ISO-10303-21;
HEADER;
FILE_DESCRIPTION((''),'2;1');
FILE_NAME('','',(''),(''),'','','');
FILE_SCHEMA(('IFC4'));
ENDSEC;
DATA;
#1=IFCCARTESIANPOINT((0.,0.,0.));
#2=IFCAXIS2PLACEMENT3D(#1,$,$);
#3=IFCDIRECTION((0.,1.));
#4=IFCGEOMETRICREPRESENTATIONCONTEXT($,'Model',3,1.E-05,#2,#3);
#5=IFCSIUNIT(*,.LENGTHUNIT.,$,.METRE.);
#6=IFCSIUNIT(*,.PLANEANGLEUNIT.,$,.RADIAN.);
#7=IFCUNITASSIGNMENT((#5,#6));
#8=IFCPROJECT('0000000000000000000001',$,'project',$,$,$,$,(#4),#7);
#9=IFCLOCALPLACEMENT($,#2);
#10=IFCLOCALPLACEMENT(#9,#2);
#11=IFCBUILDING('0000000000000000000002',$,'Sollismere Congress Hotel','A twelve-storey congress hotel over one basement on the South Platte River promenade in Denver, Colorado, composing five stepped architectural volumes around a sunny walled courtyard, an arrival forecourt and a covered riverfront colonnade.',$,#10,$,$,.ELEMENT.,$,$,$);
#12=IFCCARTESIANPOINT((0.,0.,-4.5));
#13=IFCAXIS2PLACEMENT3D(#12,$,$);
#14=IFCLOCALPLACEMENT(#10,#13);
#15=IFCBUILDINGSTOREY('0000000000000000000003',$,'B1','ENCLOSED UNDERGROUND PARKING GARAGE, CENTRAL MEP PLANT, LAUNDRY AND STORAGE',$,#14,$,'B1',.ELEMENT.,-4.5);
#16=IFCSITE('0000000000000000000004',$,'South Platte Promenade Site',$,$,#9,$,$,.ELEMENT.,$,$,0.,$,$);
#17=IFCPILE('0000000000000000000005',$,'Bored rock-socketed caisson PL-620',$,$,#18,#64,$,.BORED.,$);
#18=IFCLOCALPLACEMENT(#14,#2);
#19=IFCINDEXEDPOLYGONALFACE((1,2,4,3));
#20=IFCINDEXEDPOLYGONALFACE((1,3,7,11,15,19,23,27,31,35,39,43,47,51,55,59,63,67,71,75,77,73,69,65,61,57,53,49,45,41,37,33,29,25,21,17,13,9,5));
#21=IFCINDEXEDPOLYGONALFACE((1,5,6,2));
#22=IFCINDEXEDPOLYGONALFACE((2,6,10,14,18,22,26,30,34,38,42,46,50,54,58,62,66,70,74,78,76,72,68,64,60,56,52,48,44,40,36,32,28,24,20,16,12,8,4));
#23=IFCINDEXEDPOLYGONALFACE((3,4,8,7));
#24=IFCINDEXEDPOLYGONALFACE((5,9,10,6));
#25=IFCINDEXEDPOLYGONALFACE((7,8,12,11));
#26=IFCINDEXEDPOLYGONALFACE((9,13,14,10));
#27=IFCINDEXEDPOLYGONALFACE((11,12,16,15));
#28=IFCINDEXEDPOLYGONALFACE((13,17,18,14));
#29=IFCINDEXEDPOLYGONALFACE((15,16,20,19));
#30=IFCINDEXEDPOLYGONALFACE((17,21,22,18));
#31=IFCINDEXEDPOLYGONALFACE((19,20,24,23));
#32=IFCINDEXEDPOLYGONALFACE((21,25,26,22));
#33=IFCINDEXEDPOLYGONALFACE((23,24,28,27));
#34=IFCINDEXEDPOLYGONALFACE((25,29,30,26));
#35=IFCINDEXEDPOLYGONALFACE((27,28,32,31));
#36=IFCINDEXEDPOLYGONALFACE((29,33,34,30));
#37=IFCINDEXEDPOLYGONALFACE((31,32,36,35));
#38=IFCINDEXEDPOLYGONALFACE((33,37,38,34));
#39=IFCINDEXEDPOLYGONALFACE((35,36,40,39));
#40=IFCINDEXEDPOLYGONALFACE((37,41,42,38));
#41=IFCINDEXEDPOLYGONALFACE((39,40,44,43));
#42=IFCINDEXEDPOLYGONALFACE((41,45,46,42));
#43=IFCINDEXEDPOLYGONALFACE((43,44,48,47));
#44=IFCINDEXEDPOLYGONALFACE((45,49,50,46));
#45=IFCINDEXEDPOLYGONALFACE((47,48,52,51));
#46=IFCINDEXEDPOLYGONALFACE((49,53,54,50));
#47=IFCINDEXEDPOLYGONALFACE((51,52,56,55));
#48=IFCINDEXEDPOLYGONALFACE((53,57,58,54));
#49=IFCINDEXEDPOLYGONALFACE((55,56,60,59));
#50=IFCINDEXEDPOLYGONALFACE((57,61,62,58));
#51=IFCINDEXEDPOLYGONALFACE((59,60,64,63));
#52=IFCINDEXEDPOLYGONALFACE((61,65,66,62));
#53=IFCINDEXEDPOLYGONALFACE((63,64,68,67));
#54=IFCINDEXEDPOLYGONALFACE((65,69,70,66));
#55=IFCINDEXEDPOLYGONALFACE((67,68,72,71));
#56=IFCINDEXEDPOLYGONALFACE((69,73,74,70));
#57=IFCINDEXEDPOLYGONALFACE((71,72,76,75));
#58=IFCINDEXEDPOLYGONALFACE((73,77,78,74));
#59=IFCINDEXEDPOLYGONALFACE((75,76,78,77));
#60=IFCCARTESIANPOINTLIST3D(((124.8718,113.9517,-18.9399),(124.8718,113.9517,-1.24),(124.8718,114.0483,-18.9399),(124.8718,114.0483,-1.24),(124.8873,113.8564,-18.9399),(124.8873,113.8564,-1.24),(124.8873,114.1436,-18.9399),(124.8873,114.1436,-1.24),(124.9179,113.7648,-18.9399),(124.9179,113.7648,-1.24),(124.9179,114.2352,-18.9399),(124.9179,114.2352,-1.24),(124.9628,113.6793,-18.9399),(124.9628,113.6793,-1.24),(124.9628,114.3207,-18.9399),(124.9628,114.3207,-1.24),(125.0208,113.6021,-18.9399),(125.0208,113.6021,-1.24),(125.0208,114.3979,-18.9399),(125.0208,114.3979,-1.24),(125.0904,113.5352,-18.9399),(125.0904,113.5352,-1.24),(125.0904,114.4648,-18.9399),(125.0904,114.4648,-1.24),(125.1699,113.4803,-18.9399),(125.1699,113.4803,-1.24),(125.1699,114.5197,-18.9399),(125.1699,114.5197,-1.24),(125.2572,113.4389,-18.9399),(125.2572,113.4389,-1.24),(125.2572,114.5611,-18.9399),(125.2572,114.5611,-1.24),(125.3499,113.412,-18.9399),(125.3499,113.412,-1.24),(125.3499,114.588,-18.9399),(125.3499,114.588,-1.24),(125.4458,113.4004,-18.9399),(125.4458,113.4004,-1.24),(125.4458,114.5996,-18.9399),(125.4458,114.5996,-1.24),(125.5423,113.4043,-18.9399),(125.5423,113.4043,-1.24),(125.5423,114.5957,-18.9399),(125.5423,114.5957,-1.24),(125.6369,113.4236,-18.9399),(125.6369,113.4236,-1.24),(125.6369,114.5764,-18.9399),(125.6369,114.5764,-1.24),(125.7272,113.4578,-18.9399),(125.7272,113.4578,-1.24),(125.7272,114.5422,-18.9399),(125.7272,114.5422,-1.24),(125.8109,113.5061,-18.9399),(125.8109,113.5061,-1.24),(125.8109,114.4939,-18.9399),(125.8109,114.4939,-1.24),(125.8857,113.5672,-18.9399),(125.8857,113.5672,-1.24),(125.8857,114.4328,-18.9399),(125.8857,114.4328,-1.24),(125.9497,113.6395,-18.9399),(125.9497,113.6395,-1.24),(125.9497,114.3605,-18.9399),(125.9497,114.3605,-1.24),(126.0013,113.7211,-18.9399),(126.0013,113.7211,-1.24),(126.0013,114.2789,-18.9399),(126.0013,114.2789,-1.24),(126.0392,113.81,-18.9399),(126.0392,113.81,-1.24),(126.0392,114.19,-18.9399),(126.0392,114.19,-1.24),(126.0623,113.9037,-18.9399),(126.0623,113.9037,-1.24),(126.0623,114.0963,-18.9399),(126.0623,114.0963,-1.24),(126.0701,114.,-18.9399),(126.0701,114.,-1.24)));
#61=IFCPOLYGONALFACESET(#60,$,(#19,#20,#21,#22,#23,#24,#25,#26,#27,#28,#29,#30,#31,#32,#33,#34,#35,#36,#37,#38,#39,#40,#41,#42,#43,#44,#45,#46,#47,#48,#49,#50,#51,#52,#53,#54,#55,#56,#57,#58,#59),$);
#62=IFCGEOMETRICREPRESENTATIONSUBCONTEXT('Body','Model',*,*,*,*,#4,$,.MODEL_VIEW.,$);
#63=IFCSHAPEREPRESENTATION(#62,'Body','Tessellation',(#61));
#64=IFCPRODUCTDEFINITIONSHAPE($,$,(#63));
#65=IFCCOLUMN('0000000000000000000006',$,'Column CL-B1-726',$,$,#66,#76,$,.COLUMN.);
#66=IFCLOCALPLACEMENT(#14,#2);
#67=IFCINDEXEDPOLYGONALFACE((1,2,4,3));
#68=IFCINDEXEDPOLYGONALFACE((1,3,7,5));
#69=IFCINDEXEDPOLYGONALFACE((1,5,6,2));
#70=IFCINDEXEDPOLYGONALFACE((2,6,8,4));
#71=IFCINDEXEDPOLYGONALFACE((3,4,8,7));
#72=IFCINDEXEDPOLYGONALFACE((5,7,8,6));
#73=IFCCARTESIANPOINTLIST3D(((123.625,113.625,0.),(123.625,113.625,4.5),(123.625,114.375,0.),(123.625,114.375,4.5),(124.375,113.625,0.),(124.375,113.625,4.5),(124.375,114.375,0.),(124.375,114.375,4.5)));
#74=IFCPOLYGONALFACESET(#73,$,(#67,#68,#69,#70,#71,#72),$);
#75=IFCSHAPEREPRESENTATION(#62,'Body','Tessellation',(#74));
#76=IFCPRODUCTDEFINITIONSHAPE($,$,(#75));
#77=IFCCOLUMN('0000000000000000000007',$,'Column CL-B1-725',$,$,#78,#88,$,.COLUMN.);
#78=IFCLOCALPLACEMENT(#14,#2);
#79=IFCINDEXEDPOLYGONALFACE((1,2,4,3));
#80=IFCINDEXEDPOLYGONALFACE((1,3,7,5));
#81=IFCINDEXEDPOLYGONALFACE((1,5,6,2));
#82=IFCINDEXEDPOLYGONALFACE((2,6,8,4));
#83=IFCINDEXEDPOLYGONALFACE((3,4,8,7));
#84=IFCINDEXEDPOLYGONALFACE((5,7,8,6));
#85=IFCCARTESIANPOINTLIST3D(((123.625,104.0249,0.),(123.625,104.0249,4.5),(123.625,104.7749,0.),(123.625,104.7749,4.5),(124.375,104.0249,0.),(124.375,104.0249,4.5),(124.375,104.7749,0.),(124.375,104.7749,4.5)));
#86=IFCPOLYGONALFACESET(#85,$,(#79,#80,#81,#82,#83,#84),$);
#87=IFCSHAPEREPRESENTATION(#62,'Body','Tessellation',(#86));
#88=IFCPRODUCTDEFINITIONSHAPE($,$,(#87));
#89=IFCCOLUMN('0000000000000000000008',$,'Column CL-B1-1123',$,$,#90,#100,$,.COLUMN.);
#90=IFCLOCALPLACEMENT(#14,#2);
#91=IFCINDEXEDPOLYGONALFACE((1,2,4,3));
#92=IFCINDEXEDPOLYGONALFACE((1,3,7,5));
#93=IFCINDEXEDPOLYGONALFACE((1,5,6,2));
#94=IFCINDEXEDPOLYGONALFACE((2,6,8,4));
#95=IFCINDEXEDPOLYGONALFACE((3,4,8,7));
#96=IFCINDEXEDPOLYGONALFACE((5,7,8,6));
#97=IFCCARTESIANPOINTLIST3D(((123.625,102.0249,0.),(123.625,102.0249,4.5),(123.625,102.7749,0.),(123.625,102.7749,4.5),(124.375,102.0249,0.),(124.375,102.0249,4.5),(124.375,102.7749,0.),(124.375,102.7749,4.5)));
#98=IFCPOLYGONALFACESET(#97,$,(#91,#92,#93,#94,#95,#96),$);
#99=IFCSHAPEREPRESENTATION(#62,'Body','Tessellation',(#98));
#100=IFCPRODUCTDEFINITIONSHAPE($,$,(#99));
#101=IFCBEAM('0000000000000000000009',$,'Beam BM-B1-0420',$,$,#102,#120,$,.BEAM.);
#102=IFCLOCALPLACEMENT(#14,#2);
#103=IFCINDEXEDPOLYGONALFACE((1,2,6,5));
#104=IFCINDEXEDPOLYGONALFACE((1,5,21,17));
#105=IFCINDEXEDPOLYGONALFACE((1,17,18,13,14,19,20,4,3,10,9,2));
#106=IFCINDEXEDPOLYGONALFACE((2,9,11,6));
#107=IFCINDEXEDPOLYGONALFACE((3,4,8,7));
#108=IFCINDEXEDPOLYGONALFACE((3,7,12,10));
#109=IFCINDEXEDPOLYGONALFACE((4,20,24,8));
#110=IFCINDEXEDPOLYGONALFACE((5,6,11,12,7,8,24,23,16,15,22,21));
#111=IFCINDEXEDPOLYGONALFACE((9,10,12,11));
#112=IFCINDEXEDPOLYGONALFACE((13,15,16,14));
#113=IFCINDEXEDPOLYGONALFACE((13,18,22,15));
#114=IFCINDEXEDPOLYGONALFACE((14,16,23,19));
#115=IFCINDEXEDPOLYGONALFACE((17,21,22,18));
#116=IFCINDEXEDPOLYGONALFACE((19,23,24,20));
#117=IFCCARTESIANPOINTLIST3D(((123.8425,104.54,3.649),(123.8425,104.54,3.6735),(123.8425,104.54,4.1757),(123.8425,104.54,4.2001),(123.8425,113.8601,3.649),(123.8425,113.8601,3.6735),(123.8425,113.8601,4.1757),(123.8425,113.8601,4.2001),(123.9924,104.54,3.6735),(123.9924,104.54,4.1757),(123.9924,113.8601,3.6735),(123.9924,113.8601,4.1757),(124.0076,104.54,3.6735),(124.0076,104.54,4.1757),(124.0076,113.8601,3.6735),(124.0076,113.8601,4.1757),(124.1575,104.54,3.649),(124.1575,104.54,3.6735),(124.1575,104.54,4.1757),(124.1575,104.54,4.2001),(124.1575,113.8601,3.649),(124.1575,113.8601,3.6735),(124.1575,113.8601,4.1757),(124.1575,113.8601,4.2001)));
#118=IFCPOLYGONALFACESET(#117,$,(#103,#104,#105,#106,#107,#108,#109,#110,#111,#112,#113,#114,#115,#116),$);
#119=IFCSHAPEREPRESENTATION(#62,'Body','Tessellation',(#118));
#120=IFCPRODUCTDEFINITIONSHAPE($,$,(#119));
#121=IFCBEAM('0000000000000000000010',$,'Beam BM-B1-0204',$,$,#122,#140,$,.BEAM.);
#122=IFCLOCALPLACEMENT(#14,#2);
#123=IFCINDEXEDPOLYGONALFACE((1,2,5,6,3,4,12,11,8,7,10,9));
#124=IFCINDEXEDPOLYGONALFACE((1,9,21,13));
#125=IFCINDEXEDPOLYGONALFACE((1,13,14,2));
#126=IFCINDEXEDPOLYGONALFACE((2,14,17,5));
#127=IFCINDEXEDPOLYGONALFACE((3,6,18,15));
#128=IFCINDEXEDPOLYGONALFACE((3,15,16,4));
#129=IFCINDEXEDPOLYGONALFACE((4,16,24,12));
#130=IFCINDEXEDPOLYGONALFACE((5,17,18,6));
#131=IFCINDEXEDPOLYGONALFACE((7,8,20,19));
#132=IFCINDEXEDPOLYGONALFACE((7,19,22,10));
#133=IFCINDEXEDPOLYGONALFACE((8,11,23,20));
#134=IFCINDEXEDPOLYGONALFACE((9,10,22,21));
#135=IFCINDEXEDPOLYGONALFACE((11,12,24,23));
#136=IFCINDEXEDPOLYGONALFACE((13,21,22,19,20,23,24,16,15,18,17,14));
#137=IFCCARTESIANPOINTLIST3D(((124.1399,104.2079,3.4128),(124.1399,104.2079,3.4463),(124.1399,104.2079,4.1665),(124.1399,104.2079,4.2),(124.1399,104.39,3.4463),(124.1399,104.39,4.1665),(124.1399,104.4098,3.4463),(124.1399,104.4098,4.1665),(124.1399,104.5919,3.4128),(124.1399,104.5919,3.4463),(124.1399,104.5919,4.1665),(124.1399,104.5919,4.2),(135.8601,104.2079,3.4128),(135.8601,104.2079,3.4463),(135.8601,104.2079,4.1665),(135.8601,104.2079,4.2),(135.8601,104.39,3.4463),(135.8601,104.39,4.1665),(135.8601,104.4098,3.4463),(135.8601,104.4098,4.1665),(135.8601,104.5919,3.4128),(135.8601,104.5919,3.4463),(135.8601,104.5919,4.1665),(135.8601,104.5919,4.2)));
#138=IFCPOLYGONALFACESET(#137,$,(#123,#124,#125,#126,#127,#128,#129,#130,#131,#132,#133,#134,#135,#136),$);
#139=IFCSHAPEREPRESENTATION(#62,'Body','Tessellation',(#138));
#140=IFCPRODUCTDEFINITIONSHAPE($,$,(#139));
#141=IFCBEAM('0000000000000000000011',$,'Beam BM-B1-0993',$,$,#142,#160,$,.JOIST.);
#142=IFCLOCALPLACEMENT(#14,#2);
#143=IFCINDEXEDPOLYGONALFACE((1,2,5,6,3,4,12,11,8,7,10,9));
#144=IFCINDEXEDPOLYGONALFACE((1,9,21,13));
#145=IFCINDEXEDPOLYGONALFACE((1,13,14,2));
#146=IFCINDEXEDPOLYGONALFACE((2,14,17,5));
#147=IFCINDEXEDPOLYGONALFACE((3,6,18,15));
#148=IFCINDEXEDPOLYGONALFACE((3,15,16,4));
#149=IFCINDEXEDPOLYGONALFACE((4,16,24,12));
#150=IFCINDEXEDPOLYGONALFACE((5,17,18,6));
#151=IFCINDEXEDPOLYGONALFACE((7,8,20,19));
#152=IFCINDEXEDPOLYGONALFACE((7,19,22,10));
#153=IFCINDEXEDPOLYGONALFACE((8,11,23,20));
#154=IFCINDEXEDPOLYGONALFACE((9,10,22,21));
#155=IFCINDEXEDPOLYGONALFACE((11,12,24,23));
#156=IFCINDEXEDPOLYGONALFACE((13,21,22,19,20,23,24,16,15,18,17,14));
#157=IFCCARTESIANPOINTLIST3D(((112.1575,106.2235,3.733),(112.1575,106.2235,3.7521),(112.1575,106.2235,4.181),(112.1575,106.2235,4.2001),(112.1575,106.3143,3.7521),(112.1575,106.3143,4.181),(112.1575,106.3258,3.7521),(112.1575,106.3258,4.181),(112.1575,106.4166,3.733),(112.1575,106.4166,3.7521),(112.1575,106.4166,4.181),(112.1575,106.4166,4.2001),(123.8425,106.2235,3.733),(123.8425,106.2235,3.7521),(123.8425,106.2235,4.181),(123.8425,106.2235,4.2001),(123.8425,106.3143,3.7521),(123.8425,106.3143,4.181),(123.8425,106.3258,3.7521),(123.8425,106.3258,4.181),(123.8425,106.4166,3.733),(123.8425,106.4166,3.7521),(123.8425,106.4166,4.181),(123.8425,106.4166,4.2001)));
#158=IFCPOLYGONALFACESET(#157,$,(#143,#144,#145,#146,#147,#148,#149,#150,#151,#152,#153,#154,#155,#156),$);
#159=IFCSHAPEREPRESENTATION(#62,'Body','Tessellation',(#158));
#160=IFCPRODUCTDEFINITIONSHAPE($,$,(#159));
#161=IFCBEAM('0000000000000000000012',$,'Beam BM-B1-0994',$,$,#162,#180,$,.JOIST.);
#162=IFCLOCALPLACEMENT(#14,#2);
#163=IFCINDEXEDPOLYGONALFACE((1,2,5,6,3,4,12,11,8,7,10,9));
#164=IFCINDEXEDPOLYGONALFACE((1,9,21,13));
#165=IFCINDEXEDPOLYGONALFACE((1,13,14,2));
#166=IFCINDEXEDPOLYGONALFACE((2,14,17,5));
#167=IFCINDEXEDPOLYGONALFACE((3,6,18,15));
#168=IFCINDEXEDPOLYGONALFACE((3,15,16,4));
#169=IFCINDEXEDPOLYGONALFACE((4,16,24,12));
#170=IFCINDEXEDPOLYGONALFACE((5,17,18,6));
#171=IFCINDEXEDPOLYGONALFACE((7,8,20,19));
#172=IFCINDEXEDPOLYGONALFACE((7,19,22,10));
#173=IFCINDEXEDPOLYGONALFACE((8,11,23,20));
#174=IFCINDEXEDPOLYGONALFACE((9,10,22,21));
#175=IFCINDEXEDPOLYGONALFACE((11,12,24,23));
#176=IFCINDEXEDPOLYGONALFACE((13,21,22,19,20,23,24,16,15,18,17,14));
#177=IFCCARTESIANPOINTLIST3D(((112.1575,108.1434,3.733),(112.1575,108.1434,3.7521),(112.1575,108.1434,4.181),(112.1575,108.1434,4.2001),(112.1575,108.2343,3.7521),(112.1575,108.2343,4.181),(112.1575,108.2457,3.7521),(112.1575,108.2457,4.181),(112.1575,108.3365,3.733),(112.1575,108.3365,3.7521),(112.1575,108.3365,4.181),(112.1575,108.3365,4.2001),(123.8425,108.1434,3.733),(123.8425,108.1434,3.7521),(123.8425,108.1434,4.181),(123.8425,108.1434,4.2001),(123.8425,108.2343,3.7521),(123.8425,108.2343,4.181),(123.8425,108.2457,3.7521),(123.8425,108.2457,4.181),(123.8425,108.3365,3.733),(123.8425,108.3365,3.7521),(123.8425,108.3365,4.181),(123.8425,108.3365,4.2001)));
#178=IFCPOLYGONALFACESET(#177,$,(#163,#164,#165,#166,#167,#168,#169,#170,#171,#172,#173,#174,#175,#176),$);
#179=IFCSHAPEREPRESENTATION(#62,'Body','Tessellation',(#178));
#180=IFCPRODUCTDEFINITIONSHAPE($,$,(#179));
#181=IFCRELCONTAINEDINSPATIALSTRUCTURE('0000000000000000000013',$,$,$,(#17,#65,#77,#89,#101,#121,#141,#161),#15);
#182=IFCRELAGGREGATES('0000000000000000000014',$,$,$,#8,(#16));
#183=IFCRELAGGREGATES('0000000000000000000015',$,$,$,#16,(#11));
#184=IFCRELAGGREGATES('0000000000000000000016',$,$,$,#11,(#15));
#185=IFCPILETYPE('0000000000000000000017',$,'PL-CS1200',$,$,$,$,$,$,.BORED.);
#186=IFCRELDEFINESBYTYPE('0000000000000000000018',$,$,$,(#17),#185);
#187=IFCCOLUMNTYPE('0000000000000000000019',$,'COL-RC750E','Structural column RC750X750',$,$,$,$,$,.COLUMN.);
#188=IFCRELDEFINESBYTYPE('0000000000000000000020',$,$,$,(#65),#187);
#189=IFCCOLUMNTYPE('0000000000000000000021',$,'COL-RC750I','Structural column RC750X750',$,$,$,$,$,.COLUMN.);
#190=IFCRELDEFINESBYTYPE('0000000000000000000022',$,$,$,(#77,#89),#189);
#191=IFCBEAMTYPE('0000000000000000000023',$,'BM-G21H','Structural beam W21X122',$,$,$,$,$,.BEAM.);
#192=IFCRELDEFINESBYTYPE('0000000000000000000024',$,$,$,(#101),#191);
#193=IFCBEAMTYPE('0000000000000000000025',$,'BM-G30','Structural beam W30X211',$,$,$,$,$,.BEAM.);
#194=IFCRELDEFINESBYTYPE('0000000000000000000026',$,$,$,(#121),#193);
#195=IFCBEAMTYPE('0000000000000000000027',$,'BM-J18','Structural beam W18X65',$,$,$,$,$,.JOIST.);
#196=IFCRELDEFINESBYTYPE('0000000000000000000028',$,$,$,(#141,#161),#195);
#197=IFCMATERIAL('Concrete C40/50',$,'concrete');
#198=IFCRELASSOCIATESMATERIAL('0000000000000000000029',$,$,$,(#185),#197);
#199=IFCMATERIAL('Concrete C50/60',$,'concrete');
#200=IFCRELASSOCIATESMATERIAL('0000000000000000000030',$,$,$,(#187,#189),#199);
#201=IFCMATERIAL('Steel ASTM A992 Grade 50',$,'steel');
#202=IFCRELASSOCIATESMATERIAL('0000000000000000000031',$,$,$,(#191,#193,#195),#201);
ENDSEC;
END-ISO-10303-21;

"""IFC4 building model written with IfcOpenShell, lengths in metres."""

from ifc_helpers import new_model, si_unit, direction, frame, origin, origin_2d, place, context, subcontext, project, spatial, rectangle, circle, i_section, extrude, material, material_profile, profile_set, type_object, element, save


model = new_model("IFC4")

# Units and contexts
model_context = context("Model", 3, precision=1e-05, world=origin(), true_north=direction((0.0, 1.0)))
body_context = subcontext(model_context, "Body", "Model", "MODEL_VIEW")
ifc_project = project(units=[si_unit("LENGTHUNIT", "METRE"), si_unit("PLANEANGLEUNIT", "RADIAN")], contexts=[model_context])

# Site, building, storey
site_placement = place(None, origin())
site = spatial("IfcSite", under=ifc_project, at=site_placement, Name="South Platte Promenade Site", CompositionType="ELEMENT", RefElevation=0.0)
building_placement = place(site_placement, origin())
building = spatial("IfcBuilding", under=site, at=building_placement, Name="Sollismere Congress Hotel", Description="A twelve-storey congress hotel over one basement on the South Platte River promenade in Denver, Colorado, composing five stepped architectural volumes around a sunny walled courtyard, an arrival forecourt and a covered riverfront colonnade.", CompositionType="ELEMENT")
storey_placement = place(building_placement, frame((0.0, 0.0, -4.5)))
storey = spatial("IfcBuildingStorey", under=building, at=storey_placement, Name="B1", Description="ENCLOSED UNDERGROUND PARKING GARAGE, CENTRAL MEP PLANT, LAUNDRY AND STORAGE", LongName="B1", CompositionType="ELEMENT", Elevation=-4.5)

# Shared definitions
ifc_material_1 = material(Name="Concrete C40/50", Category="concrete")

# Pile
ifc_material_profile_1 = material_profile(ifc_material_1, circle(Radius=0.6001, at=origin_2d()), Name="CAISSON1200")
ifc_profile_set_1 = profile_set([ifc_material_profile_1], Name="Concrete C40/50")
pile_type = type_object("IfcPileType", Name="PL-CS1200", PredefinedType="BORED", material=ifc_profile_set_1)
for number, where, z_axis, x_axis, name in (
    (1, (125.47, 114.0, -1.24), (0.0, 0.0, -1.0), (1.0, 0.0, 0.0), "Bored rock-socketed caisson PL-620"),
):
    element("IfcPile", number, at=place(storey_placement, frame(where, z_axis=z_axis, x_axis=x_axis)), inside=storey, type_object=pile_type, Name=name, PredefinedType="BORED", context=body_context, shape_type="SweptSolid", body=[
        extrude(circle(Radius=0.6001, at=origin_2d()), origin(), (0.0, 0.0, 1.0), 17.7),
    ])

# Columns
ifc_material_2 = material(Name="Concrete C50/60", Category="concrete")
ifc_material_profile_2 = material_profile(ifc_material_2, rectangle(XDim=0.75, YDim=0.75, at=origin_2d()), Name="RC750X750")
ifc_profile_set_2 = profile_set([ifc_material_profile_2], Name="Concrete C50/60")
column_type_1 = type_object("IfcColumnType", Name="COL-RC750E", Description="Structural column RC750X750", PredefinedType="COLUMN", material=ifc_profile_set_2)
column_placement = place(storey_placement, frame((124.0, 114.0, 0.0), z_axis=(0.0, 0.0, 1.0), x_axis=(1.0, 0.0, 0.0)))
element("IfcColumn", 2, at=column_placement, inside=storey, type_object=column_type_1, Name="Column CL-B1-726", PredefinedType="COLUMN", context=body_context, shape_type="SweptSolid", body=[
    extrude(rectangle(XDim=0.75, YDim=0.75, at=origin_2d()), origin(), (0.0, 0.0, 1.0), 4.5),
])
ifc_material_profile_3 = material_profile(ifc_material_2, rectangle(XDim=0.75, YDim=0.75, at=origin_2d()), Name="RC750X750")
ifc_profile_set_3 = profile_set([ifc_material_profile_3], Name="Concrete C50/60")
column_type_2 = type_object("IfcColumnType", Name="COL-RC750I", Description="Structural column RC750X750", PredefinedType="COLUMN", material=ifc_profile_set_3)
for number, where, z_axis, x_axis, name in (
    (3, (124.0, 104.3999, 0.0), (0.0, 0.0, 1.0), (1.0, 0.0, 0.0), "Column CL-B1-725"),
    (4, (124.0, 102.3999, 0.0), (0.0, 0.0, 1.0), (0.0, 1.0, 0.0), "Column CL-B1-1123"),
):
    element("IfcColumn", number, at=place(storey_placement, frame(where, z_axis=z_axis, x_axis=x_axis)), inside=storey, type_object=column_type_2, Name=name, PredefinedType="COLUMN", context=body_context, shape_type="SweptSolid", body=[
        extrude(rectangle(XDim=0.75, YDim=0.75, at=origin_2d()), origin(), (0.0, 0.0, 1.0), 4.5),
    ])

# Beams
ifc_material_3 = material(Name="Steel ASTM A992 Grade 50", Category="steel")
ifc_material_profile_4 = material_profile(ifc_material_3, i_section(OverallWidth=0.3149, OverallDepth=0.551, WebThickness=0.0151, FlangeThickness=0.0244, at=origin_2d()), Name="W21X122")
ifc_profile_set_4 = profile_set([ifc_material_profile_4], Name="Steel ASTM A992 Grade 50")
beam_type_1 = type_object("IfcBeamType", Name="BM-G21H", Description="Structural beam W21X122", PredefinedType="BEAM", material=ifc_profile_set_4)
beam_1_placement = place(storey_placement, frame((124.0, 104.54, 3.9246), z_axis=(0.0, 1.0, 0.0), x_axis=(-1.0, 0.0, 0.0)))
element("IfcBeam", 5, at=beam_1_placement, inside=storey, type_object=beam_type_1, Name="Beam BM-B1-0420", PredefinedType="BEAM", context=body_context, shape_type="SweptSolid", body=[
    extrude(i_section(OverallWidth=0.3149, OverallDepth=0.551, WebThickness=0.0151, FlangeThickness=0.0244, at=origin_2d()), origin(), (0.0, 0.0, 1.0), 9.3201),
])
ifc_material_profile_5 = material_profile(ifc_material_3, i_section(OverallWidth=0.384, OverallDepth=0.7871, WebThickness=0.0198, FlangeThickness=0.0334, at=origin_2d()), Name="W30X211")
ifc_profile_set_5 = profile_set([ifc_material_profile_5], Name="Steel ASTM A992 Grade 50")
beam_type_2 = type_object("IfcBeamType", Name="BM-G30", Description="Structural beam W30X211", PredefinedType="BEAM", material=ifc_profile_set_5)
beam_2_placement = place(storey_placement, frame((124.1399, 104.3999, 3.8064), z_axis=(1.0, 0.0, 0.0), x_axis=(0.0, 1.0, 0.0)))
element("IfcBeam", 6, at=beam_2_placement, inside=storey, type_object=beam_type_2, Name="Beam BM-B1-0204", PredefinedType="BEAM", context=body_context, shape_type="SweptSolid", body=[
    extrude(i_section(OverallWidth=0.384, OverallDepth=0.7871, WebThickness=0.0198, FlangeThickness=0.0334, at=origin_2d()), origin(), (0.0, 0.0, 1.0), 11.7202),
])
ifc_material_profile_6 = material_profile(ifc_material_3, i_section(OverallWidth=0.1931, OverallDepth=0.467, WebThickness=0.0115, FlangeThickness=0.019, at=origin_2d()), Name="W18X65")
ifc_profile_set_6 = profile_set([ifc_material_profile_6], Name="Steel ASTM A992 Grade 50")
beam_type_3 = type_object("IfcBeamType", Name="BM-J18", Description="Structural beam W18X65", PredefinedType="JOIST", material=ifc_profile_set_6)
for number, where, z_axis, x_axis, name in (
    (7, (112.1575, 106.3201, 3.9666), (1.0, 0.0, 0.0), (0.0, 1.0, 0.0), "Beam BM-B1-0993"),
    (8, (112.1575, 108.24, 3.9666), (1.0, 0.0, 0.0), (0.0, 1.0, 0.0), "Beam BM-B1-0994"),
):
    element("IfcBeam", number, at=place(storey_placement, frame(where, z_axis=z_axis, x_axis=x_axis)), inside=storey, type_object=beam_type_3, Name=name, PredefinedType="JOIST", context=body_context, shape_type="SweptSolid", body=[
        extrude(i_section(OverallWidth=0.1931, OverallDepth=0.467, WebThickness=0.0115, FlangeThickness=0.019, at=origin_2d()), origin(), (0.0, 0.0, 1.0), 11.6851),
    ])

save(model, "model.ifc")
